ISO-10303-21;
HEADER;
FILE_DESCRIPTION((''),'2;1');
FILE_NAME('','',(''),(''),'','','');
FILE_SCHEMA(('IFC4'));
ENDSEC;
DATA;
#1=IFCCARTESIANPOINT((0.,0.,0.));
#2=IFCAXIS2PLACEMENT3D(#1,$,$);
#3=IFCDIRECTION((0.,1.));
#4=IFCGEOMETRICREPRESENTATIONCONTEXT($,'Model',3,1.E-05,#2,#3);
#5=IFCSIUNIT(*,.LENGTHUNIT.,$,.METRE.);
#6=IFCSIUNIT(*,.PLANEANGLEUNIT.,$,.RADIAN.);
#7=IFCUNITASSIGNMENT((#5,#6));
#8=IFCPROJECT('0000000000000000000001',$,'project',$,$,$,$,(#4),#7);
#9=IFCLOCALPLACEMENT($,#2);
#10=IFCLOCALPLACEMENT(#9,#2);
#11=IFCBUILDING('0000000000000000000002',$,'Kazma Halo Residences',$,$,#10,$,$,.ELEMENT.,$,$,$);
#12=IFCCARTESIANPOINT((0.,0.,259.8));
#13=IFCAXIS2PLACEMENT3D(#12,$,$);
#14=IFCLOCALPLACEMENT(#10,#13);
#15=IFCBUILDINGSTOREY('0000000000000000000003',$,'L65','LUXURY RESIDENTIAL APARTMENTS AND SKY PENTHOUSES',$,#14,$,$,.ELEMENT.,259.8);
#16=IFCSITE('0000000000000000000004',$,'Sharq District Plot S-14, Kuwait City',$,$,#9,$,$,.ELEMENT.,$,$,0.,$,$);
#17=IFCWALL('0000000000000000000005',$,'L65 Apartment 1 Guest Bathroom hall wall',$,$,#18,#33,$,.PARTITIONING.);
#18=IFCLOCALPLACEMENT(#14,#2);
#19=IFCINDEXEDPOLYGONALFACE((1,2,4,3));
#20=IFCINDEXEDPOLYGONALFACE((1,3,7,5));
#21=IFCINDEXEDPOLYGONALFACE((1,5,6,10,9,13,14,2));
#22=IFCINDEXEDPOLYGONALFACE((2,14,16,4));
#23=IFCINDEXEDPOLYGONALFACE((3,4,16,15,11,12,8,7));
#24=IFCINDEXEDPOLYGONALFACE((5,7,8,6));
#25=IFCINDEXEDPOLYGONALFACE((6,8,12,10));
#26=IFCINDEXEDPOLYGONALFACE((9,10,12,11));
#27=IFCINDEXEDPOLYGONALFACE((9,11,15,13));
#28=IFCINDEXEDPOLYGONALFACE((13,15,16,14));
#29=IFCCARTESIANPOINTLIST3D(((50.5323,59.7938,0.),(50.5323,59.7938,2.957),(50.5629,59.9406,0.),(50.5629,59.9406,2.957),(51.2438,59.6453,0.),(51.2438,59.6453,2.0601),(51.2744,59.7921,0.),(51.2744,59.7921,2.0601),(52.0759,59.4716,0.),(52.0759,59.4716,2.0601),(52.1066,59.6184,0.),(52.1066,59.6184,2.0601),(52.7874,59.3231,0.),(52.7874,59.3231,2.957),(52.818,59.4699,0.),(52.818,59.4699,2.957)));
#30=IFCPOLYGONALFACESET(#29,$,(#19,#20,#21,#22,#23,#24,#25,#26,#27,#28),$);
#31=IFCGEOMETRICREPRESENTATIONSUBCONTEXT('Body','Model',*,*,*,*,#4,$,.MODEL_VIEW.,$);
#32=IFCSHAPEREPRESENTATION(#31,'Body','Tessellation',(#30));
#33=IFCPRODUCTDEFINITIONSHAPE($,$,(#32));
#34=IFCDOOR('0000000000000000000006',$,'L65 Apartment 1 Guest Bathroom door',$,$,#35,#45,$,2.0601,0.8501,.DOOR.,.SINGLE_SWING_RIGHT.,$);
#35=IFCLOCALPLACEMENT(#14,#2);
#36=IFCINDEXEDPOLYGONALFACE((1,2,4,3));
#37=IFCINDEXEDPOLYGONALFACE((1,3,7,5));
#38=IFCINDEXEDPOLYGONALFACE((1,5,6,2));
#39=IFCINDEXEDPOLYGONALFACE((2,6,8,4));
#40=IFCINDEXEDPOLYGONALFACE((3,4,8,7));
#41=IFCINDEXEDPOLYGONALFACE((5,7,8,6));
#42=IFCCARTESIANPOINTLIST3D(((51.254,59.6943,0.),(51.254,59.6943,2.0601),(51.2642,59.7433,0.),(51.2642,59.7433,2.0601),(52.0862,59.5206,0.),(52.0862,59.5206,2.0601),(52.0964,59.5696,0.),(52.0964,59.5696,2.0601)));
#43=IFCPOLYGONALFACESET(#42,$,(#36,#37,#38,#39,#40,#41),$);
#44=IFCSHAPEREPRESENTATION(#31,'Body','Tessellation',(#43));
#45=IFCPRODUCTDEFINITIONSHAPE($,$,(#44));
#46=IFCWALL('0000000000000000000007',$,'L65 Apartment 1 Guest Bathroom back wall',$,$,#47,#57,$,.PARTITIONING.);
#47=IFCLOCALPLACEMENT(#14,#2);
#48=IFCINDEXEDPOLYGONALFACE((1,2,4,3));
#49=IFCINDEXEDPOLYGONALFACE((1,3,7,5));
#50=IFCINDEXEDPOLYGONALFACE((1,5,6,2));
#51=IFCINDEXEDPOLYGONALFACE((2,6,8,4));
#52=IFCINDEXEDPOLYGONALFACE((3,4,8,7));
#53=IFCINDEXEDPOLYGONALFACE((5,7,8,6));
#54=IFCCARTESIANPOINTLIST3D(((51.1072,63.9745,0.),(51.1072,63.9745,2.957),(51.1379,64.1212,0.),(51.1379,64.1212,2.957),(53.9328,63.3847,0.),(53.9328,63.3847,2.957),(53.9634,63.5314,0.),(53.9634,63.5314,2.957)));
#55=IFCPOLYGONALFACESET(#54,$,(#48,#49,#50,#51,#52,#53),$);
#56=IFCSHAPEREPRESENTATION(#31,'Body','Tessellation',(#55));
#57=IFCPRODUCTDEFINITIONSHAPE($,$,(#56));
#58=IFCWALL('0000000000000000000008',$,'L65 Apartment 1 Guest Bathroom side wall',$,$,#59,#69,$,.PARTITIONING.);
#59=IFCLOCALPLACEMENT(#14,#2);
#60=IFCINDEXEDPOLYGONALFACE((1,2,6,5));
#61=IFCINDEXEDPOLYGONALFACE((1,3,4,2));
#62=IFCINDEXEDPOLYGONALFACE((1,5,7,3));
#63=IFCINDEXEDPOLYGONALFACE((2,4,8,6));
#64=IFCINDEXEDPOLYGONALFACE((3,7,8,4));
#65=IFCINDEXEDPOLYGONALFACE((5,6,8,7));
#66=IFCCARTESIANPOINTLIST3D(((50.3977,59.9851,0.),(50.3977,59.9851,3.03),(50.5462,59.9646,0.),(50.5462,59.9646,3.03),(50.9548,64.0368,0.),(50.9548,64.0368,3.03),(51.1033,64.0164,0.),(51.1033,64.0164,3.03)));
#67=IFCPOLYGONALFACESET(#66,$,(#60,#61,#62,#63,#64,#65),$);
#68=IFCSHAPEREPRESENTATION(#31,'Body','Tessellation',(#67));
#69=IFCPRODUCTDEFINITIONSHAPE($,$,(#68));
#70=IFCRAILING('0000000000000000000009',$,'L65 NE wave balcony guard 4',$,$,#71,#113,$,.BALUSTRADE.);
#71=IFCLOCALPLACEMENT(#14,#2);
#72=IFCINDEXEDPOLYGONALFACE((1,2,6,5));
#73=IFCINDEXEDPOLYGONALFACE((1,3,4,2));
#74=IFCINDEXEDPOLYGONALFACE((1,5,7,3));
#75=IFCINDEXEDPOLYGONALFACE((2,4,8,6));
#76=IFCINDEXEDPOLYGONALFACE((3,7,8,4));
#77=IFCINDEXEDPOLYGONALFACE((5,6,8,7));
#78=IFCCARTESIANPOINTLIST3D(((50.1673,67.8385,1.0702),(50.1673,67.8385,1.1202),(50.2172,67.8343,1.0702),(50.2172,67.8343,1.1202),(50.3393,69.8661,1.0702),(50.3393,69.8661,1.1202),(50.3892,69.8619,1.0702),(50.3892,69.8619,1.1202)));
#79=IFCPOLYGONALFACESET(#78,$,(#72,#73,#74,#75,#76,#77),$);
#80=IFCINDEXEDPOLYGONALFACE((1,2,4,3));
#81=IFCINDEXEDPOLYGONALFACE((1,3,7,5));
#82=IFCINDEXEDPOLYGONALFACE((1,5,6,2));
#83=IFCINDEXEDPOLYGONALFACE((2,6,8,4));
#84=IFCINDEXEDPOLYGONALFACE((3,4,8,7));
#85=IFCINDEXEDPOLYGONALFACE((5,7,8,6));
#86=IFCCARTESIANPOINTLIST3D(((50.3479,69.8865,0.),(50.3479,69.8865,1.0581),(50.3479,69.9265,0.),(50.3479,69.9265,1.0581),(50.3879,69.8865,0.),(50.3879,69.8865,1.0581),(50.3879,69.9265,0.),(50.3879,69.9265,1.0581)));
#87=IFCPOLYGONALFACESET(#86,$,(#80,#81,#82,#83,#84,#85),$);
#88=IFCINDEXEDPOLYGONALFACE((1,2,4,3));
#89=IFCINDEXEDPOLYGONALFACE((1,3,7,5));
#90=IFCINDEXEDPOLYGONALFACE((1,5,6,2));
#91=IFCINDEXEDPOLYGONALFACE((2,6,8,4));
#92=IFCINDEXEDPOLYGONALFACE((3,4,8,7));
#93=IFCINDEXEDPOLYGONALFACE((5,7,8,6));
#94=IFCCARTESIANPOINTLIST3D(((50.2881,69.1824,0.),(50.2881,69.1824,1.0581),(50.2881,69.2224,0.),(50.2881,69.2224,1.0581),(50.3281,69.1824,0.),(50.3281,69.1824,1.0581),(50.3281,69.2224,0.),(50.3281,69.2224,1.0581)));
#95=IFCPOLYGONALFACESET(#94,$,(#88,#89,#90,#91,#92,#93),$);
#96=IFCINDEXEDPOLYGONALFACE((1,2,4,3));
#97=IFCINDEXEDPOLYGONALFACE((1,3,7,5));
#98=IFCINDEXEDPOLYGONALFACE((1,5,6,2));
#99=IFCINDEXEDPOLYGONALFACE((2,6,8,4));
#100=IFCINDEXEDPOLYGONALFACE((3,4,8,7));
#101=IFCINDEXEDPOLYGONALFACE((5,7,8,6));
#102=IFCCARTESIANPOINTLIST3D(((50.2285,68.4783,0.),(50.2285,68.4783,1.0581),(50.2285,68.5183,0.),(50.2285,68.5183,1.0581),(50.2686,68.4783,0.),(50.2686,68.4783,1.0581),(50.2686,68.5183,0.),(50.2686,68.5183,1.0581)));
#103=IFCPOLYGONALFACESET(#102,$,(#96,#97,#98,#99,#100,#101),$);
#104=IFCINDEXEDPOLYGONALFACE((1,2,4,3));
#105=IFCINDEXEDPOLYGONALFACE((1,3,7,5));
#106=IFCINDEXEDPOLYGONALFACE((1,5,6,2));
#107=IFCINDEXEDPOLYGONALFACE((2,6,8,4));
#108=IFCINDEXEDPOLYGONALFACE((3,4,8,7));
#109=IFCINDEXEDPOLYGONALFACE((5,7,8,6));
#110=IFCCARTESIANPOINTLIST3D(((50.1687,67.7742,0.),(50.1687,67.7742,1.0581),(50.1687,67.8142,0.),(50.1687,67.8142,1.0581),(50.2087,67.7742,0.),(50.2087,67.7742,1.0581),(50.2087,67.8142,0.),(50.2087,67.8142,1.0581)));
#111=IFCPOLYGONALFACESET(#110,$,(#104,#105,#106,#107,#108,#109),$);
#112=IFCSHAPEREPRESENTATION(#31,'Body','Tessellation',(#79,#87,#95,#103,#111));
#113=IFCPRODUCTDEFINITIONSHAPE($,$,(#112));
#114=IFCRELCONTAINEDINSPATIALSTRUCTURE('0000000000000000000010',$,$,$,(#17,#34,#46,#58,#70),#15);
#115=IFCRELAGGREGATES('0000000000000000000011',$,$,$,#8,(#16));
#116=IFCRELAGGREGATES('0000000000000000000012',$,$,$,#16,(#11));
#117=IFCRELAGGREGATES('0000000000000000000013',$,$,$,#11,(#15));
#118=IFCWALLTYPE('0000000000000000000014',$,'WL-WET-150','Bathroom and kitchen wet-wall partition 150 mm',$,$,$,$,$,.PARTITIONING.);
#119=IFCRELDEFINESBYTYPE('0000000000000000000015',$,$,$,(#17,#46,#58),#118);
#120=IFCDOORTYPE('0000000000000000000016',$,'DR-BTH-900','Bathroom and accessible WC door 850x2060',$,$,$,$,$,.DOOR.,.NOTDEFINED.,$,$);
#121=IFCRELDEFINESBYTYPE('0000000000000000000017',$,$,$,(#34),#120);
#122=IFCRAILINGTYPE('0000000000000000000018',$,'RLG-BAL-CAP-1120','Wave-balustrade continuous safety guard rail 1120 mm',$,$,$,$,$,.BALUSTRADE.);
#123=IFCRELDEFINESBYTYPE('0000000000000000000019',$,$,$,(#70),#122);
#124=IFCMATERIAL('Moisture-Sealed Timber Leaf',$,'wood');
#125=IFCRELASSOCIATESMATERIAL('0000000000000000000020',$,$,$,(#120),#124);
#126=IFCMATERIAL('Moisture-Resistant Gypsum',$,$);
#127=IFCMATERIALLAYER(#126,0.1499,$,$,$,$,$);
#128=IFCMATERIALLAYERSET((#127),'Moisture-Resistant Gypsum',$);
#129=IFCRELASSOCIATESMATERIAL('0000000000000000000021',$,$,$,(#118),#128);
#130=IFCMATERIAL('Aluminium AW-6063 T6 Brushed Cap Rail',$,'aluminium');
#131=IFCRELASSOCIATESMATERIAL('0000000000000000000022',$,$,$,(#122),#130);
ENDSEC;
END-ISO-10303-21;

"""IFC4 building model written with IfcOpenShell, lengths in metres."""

from ifc_helpers import new_model, si_unit, direction, frame, frame_2d, origin, origin_2d, place, context, subcontext, project, spatial, rectangle, extrude, material, layer, layer_set, type_object, element, fill, save


model = new_model("IFC4")

# Units and contexts
model_context = context("Model", 3, precision=1e-05, world=origin(), true_north=direction((0.0, 1.0)))
body_context = subcontext(model_context, "Body", "Model", "MODEL_VIEW")
ifc_project = project(units=[si_unit("LENGTHUNIT", "METRE"), si_unit("PLANEANGLEUNIT", "RADIAN")], contexts=[model_context])

# Site, building, storey
site_placement = place(None, origin())
site = spatial("IfcSite", under=ifc_project, at=site_placement, Name="Sharq District Plot S-14, Kuwait City", CompositionType="ELEMENT", RefElevation=0.0)
building_placement = place(site_placement, origin())
building = spatial("IfcBuilding", under=site, at=building_placement, Name="Kazma Halo Residences", CompositionType="ELEMENT")
storey_placement = place(building_placement, frame((0.0, 0.0, 259.8)))
storey = spatial("IfcBuildingStorey", under=building, at=storey_placement, Name="L65", Description="LUXURY RESIDENTIAL APARTMENTS AND SKY PENTHOUSES", CompositionType="ELEMENT", Elevation=259.8)

# Shared definitions
ifc_material_1 = material(Name="Moisture-Sealed Timber Leaf", Category="wood")
door_type = type_object("IfcDoorType", Name="DR-BTH-900", Description="Bathroom and accessible WC door 850x2060", OperationType="NOTDEFINED", PredefinedType="DOOR", material=ifc_material_1)

# Wall, opening, door
ifc_material_2 = material(Name="Moisture-Resistant Gypsum")
ifc_layer_1 = layer(ifc_material_2, 0.1499)
ifc_layer_set_1 = layer_set([ifc_layer_1], Name="Moisture-Resistant Gypsum")
wall_type_1 = type_object("IfcWallType", Name="WL-WET-150", Description="Bathroom and kitchen wet-wall partition 150 mm", PredefinedType="PARTITIONING", material=ifc_layer_set_1)
wall_1_placement = place(storey_placement, frame((52.8027, 59.3965, 0.0), z_axis=(0.0, 0.0, 1.0), x_axis=(-0.978904, 0.204322, 0.0)))
wall_1 = element("IfcWall", 1, at=wall_1_placement, inside=storey, type_object=wall_type_1, Name="L65 Apartment 1 Guest Bathroom hall wall", PredefinedType="PARTITIONING", context=body_context, shape_type="SweptSolid", body=[
    extrude(rectangle(XDim=2.3037, YDim=0.1499, at=frame_2d((1.1519, 0.0))), origin(), (0.0, 0.0, 1.0), 2.957),
])
opening_1_placement = place(wall_1_placement, frame((0.7268, 0.0, 0.0)))
opening_1 = element("IfcOpeningElement", 2, at=opening_1_placement, cuts=wall_1, PredefinedType="OPENING", context=body_context, shape_type="SweptSolid", body=[
    extrude(rectangle(XDim=0.8501, YDim=2.0601, at=frame_2d((0.425, 1.03))), frame((0.0, 0.085, 0.0), z_axis=(0.0, -1.0, 0.0), x_axis=(1.0, 0.0, 0.0)), (0.0, 0.0, 1.0), 0.1699),
])
door_1_placement = place(opening_1_placement, origin())
door_1 = element("IfcDoor", 3, at=door_1_placement, inside=storey, type_object=door_type, Name="L65 Apartment 1 Guest Bathroom door", OperationType="SINGLE_SWING_RIGHT", OverallHeight=2.0601, OverallWidth=0.8501, PredefinedType="DOOR", context=body_context, shape_type="SweptSolid", body=[
    extrude(rectangle(XDim=0.8501, YDim=2.0601, at=frame_2d((0.425, 1.03))), frame((0.0, 0.0249, 0.0), z_axis=(0.0, -1.0, 0.0), x_axis=(1.0, 0.0, 0.0)), (0.0, 0.0, 1.0), 0.05),
])
fill(opening_1, door_1)

# Walls
wall_2_placement = place(storey_placement, frame((53.9482, 63.458, 0.0), z_axis=(0.0, 0.0, 1.0), x_axis=(-0.9789, 0.204339, 0.0)))
element("IfcWall", 4, at=wall_2_placement, inside=storey, type_object=wall_type_1, Name="L65 Apartment 1 Guest Bathroom back wall", PredefinedType="PARTITIONING", context=body_context, shape_type="SweptSolid", body=[
    extrude(rectangle(XDim=2.8865, YDim=0.1499, at=frame_2d((1.4434, 0.0))), origin(), (0.0, 0.0, 1.0), 2.957),
])
wall_3_placement = place(storey_placement, frame((50.4719, 59.9749, 0.0), z_axis=(0.0, 0.0, 1.0), x_axis=(0.136221, 0.990678, 0.0)))
element("IfcWall", 5, at=wall_3_placement, inside=storey, type_object=wall_type_1, Name="L65 Apartment 1 Guest Bathroom side wall", PredefinedType="PARTITIONING", context=body_context, shape_type="SweptSolid", body=[
    extrude(rectangle(XDim=4.0898, YDim=0.1499, at=frame_2d((2.0449, 0.0))), origin(), (0.0, 0.0, 1.0), 3.03),
])

# Railing
ifc_material_3 = material(Name="Aluminium AW-6063 T6 Brushed Cap Rail", Category="aluminium")
railing_type = type_object("IfcRailingType", Name="RLG-BAL-CAP-1120", Description="Wave-balustrade continuous safety guard rail 1120 mm", PredefinedType="BALUSTRADE", material=ifc_material_3)
railing_1_placement = place(storey_placement, frame((50.3679, 69.9065, 0.0)))
element("IfcRailing", 6, at=railing_1_placement, inside=storey, type_object=railing_type, Name="L65 NE wave balcony guard 4", PredefinedType="BALUSTRADE", context=body_context, shape_type="SweptSolid", body=[
    extrude(rectangle(XDim=0.05, YDim=0.05, at=origin_2d()), frame((-0.0037, -0.0425, 1.0952), z_axis=(-0.084532, -0.996421, 0.0), x_axis=(0.996421, -0.084532, 0.0)), (0.0, 0.0, 1.0), 2.0349),
    extrude(rectangle(XDim=0.04, YDim=0.04, at=origin_2d()), origin(), (0.0, 0.0, 1.0), 1.0581),
    extrude(rectangle(XDim=0.04, YDim=0.04, at=origin_2d()), frame((-0.0598, -0.7041, 0.0)), (0.0, 0.0, 1.0), 1.0581),
    extrude(rectangle(XDim=0.04, YDim=0.04, at=origin_2d()), frame((-0.1194, -1.4082, 0.0)), (0.0, 0.0, 1.0), 1.0581),
    extrude(rectangle(XDim=0.04, YDim=0.04, at=origin_2d()), frame((-0.1792, -2.1123, 0.0)), (0.0, 0.0, 1.0), 1.0581),
])

save(model, "model.ifc")
